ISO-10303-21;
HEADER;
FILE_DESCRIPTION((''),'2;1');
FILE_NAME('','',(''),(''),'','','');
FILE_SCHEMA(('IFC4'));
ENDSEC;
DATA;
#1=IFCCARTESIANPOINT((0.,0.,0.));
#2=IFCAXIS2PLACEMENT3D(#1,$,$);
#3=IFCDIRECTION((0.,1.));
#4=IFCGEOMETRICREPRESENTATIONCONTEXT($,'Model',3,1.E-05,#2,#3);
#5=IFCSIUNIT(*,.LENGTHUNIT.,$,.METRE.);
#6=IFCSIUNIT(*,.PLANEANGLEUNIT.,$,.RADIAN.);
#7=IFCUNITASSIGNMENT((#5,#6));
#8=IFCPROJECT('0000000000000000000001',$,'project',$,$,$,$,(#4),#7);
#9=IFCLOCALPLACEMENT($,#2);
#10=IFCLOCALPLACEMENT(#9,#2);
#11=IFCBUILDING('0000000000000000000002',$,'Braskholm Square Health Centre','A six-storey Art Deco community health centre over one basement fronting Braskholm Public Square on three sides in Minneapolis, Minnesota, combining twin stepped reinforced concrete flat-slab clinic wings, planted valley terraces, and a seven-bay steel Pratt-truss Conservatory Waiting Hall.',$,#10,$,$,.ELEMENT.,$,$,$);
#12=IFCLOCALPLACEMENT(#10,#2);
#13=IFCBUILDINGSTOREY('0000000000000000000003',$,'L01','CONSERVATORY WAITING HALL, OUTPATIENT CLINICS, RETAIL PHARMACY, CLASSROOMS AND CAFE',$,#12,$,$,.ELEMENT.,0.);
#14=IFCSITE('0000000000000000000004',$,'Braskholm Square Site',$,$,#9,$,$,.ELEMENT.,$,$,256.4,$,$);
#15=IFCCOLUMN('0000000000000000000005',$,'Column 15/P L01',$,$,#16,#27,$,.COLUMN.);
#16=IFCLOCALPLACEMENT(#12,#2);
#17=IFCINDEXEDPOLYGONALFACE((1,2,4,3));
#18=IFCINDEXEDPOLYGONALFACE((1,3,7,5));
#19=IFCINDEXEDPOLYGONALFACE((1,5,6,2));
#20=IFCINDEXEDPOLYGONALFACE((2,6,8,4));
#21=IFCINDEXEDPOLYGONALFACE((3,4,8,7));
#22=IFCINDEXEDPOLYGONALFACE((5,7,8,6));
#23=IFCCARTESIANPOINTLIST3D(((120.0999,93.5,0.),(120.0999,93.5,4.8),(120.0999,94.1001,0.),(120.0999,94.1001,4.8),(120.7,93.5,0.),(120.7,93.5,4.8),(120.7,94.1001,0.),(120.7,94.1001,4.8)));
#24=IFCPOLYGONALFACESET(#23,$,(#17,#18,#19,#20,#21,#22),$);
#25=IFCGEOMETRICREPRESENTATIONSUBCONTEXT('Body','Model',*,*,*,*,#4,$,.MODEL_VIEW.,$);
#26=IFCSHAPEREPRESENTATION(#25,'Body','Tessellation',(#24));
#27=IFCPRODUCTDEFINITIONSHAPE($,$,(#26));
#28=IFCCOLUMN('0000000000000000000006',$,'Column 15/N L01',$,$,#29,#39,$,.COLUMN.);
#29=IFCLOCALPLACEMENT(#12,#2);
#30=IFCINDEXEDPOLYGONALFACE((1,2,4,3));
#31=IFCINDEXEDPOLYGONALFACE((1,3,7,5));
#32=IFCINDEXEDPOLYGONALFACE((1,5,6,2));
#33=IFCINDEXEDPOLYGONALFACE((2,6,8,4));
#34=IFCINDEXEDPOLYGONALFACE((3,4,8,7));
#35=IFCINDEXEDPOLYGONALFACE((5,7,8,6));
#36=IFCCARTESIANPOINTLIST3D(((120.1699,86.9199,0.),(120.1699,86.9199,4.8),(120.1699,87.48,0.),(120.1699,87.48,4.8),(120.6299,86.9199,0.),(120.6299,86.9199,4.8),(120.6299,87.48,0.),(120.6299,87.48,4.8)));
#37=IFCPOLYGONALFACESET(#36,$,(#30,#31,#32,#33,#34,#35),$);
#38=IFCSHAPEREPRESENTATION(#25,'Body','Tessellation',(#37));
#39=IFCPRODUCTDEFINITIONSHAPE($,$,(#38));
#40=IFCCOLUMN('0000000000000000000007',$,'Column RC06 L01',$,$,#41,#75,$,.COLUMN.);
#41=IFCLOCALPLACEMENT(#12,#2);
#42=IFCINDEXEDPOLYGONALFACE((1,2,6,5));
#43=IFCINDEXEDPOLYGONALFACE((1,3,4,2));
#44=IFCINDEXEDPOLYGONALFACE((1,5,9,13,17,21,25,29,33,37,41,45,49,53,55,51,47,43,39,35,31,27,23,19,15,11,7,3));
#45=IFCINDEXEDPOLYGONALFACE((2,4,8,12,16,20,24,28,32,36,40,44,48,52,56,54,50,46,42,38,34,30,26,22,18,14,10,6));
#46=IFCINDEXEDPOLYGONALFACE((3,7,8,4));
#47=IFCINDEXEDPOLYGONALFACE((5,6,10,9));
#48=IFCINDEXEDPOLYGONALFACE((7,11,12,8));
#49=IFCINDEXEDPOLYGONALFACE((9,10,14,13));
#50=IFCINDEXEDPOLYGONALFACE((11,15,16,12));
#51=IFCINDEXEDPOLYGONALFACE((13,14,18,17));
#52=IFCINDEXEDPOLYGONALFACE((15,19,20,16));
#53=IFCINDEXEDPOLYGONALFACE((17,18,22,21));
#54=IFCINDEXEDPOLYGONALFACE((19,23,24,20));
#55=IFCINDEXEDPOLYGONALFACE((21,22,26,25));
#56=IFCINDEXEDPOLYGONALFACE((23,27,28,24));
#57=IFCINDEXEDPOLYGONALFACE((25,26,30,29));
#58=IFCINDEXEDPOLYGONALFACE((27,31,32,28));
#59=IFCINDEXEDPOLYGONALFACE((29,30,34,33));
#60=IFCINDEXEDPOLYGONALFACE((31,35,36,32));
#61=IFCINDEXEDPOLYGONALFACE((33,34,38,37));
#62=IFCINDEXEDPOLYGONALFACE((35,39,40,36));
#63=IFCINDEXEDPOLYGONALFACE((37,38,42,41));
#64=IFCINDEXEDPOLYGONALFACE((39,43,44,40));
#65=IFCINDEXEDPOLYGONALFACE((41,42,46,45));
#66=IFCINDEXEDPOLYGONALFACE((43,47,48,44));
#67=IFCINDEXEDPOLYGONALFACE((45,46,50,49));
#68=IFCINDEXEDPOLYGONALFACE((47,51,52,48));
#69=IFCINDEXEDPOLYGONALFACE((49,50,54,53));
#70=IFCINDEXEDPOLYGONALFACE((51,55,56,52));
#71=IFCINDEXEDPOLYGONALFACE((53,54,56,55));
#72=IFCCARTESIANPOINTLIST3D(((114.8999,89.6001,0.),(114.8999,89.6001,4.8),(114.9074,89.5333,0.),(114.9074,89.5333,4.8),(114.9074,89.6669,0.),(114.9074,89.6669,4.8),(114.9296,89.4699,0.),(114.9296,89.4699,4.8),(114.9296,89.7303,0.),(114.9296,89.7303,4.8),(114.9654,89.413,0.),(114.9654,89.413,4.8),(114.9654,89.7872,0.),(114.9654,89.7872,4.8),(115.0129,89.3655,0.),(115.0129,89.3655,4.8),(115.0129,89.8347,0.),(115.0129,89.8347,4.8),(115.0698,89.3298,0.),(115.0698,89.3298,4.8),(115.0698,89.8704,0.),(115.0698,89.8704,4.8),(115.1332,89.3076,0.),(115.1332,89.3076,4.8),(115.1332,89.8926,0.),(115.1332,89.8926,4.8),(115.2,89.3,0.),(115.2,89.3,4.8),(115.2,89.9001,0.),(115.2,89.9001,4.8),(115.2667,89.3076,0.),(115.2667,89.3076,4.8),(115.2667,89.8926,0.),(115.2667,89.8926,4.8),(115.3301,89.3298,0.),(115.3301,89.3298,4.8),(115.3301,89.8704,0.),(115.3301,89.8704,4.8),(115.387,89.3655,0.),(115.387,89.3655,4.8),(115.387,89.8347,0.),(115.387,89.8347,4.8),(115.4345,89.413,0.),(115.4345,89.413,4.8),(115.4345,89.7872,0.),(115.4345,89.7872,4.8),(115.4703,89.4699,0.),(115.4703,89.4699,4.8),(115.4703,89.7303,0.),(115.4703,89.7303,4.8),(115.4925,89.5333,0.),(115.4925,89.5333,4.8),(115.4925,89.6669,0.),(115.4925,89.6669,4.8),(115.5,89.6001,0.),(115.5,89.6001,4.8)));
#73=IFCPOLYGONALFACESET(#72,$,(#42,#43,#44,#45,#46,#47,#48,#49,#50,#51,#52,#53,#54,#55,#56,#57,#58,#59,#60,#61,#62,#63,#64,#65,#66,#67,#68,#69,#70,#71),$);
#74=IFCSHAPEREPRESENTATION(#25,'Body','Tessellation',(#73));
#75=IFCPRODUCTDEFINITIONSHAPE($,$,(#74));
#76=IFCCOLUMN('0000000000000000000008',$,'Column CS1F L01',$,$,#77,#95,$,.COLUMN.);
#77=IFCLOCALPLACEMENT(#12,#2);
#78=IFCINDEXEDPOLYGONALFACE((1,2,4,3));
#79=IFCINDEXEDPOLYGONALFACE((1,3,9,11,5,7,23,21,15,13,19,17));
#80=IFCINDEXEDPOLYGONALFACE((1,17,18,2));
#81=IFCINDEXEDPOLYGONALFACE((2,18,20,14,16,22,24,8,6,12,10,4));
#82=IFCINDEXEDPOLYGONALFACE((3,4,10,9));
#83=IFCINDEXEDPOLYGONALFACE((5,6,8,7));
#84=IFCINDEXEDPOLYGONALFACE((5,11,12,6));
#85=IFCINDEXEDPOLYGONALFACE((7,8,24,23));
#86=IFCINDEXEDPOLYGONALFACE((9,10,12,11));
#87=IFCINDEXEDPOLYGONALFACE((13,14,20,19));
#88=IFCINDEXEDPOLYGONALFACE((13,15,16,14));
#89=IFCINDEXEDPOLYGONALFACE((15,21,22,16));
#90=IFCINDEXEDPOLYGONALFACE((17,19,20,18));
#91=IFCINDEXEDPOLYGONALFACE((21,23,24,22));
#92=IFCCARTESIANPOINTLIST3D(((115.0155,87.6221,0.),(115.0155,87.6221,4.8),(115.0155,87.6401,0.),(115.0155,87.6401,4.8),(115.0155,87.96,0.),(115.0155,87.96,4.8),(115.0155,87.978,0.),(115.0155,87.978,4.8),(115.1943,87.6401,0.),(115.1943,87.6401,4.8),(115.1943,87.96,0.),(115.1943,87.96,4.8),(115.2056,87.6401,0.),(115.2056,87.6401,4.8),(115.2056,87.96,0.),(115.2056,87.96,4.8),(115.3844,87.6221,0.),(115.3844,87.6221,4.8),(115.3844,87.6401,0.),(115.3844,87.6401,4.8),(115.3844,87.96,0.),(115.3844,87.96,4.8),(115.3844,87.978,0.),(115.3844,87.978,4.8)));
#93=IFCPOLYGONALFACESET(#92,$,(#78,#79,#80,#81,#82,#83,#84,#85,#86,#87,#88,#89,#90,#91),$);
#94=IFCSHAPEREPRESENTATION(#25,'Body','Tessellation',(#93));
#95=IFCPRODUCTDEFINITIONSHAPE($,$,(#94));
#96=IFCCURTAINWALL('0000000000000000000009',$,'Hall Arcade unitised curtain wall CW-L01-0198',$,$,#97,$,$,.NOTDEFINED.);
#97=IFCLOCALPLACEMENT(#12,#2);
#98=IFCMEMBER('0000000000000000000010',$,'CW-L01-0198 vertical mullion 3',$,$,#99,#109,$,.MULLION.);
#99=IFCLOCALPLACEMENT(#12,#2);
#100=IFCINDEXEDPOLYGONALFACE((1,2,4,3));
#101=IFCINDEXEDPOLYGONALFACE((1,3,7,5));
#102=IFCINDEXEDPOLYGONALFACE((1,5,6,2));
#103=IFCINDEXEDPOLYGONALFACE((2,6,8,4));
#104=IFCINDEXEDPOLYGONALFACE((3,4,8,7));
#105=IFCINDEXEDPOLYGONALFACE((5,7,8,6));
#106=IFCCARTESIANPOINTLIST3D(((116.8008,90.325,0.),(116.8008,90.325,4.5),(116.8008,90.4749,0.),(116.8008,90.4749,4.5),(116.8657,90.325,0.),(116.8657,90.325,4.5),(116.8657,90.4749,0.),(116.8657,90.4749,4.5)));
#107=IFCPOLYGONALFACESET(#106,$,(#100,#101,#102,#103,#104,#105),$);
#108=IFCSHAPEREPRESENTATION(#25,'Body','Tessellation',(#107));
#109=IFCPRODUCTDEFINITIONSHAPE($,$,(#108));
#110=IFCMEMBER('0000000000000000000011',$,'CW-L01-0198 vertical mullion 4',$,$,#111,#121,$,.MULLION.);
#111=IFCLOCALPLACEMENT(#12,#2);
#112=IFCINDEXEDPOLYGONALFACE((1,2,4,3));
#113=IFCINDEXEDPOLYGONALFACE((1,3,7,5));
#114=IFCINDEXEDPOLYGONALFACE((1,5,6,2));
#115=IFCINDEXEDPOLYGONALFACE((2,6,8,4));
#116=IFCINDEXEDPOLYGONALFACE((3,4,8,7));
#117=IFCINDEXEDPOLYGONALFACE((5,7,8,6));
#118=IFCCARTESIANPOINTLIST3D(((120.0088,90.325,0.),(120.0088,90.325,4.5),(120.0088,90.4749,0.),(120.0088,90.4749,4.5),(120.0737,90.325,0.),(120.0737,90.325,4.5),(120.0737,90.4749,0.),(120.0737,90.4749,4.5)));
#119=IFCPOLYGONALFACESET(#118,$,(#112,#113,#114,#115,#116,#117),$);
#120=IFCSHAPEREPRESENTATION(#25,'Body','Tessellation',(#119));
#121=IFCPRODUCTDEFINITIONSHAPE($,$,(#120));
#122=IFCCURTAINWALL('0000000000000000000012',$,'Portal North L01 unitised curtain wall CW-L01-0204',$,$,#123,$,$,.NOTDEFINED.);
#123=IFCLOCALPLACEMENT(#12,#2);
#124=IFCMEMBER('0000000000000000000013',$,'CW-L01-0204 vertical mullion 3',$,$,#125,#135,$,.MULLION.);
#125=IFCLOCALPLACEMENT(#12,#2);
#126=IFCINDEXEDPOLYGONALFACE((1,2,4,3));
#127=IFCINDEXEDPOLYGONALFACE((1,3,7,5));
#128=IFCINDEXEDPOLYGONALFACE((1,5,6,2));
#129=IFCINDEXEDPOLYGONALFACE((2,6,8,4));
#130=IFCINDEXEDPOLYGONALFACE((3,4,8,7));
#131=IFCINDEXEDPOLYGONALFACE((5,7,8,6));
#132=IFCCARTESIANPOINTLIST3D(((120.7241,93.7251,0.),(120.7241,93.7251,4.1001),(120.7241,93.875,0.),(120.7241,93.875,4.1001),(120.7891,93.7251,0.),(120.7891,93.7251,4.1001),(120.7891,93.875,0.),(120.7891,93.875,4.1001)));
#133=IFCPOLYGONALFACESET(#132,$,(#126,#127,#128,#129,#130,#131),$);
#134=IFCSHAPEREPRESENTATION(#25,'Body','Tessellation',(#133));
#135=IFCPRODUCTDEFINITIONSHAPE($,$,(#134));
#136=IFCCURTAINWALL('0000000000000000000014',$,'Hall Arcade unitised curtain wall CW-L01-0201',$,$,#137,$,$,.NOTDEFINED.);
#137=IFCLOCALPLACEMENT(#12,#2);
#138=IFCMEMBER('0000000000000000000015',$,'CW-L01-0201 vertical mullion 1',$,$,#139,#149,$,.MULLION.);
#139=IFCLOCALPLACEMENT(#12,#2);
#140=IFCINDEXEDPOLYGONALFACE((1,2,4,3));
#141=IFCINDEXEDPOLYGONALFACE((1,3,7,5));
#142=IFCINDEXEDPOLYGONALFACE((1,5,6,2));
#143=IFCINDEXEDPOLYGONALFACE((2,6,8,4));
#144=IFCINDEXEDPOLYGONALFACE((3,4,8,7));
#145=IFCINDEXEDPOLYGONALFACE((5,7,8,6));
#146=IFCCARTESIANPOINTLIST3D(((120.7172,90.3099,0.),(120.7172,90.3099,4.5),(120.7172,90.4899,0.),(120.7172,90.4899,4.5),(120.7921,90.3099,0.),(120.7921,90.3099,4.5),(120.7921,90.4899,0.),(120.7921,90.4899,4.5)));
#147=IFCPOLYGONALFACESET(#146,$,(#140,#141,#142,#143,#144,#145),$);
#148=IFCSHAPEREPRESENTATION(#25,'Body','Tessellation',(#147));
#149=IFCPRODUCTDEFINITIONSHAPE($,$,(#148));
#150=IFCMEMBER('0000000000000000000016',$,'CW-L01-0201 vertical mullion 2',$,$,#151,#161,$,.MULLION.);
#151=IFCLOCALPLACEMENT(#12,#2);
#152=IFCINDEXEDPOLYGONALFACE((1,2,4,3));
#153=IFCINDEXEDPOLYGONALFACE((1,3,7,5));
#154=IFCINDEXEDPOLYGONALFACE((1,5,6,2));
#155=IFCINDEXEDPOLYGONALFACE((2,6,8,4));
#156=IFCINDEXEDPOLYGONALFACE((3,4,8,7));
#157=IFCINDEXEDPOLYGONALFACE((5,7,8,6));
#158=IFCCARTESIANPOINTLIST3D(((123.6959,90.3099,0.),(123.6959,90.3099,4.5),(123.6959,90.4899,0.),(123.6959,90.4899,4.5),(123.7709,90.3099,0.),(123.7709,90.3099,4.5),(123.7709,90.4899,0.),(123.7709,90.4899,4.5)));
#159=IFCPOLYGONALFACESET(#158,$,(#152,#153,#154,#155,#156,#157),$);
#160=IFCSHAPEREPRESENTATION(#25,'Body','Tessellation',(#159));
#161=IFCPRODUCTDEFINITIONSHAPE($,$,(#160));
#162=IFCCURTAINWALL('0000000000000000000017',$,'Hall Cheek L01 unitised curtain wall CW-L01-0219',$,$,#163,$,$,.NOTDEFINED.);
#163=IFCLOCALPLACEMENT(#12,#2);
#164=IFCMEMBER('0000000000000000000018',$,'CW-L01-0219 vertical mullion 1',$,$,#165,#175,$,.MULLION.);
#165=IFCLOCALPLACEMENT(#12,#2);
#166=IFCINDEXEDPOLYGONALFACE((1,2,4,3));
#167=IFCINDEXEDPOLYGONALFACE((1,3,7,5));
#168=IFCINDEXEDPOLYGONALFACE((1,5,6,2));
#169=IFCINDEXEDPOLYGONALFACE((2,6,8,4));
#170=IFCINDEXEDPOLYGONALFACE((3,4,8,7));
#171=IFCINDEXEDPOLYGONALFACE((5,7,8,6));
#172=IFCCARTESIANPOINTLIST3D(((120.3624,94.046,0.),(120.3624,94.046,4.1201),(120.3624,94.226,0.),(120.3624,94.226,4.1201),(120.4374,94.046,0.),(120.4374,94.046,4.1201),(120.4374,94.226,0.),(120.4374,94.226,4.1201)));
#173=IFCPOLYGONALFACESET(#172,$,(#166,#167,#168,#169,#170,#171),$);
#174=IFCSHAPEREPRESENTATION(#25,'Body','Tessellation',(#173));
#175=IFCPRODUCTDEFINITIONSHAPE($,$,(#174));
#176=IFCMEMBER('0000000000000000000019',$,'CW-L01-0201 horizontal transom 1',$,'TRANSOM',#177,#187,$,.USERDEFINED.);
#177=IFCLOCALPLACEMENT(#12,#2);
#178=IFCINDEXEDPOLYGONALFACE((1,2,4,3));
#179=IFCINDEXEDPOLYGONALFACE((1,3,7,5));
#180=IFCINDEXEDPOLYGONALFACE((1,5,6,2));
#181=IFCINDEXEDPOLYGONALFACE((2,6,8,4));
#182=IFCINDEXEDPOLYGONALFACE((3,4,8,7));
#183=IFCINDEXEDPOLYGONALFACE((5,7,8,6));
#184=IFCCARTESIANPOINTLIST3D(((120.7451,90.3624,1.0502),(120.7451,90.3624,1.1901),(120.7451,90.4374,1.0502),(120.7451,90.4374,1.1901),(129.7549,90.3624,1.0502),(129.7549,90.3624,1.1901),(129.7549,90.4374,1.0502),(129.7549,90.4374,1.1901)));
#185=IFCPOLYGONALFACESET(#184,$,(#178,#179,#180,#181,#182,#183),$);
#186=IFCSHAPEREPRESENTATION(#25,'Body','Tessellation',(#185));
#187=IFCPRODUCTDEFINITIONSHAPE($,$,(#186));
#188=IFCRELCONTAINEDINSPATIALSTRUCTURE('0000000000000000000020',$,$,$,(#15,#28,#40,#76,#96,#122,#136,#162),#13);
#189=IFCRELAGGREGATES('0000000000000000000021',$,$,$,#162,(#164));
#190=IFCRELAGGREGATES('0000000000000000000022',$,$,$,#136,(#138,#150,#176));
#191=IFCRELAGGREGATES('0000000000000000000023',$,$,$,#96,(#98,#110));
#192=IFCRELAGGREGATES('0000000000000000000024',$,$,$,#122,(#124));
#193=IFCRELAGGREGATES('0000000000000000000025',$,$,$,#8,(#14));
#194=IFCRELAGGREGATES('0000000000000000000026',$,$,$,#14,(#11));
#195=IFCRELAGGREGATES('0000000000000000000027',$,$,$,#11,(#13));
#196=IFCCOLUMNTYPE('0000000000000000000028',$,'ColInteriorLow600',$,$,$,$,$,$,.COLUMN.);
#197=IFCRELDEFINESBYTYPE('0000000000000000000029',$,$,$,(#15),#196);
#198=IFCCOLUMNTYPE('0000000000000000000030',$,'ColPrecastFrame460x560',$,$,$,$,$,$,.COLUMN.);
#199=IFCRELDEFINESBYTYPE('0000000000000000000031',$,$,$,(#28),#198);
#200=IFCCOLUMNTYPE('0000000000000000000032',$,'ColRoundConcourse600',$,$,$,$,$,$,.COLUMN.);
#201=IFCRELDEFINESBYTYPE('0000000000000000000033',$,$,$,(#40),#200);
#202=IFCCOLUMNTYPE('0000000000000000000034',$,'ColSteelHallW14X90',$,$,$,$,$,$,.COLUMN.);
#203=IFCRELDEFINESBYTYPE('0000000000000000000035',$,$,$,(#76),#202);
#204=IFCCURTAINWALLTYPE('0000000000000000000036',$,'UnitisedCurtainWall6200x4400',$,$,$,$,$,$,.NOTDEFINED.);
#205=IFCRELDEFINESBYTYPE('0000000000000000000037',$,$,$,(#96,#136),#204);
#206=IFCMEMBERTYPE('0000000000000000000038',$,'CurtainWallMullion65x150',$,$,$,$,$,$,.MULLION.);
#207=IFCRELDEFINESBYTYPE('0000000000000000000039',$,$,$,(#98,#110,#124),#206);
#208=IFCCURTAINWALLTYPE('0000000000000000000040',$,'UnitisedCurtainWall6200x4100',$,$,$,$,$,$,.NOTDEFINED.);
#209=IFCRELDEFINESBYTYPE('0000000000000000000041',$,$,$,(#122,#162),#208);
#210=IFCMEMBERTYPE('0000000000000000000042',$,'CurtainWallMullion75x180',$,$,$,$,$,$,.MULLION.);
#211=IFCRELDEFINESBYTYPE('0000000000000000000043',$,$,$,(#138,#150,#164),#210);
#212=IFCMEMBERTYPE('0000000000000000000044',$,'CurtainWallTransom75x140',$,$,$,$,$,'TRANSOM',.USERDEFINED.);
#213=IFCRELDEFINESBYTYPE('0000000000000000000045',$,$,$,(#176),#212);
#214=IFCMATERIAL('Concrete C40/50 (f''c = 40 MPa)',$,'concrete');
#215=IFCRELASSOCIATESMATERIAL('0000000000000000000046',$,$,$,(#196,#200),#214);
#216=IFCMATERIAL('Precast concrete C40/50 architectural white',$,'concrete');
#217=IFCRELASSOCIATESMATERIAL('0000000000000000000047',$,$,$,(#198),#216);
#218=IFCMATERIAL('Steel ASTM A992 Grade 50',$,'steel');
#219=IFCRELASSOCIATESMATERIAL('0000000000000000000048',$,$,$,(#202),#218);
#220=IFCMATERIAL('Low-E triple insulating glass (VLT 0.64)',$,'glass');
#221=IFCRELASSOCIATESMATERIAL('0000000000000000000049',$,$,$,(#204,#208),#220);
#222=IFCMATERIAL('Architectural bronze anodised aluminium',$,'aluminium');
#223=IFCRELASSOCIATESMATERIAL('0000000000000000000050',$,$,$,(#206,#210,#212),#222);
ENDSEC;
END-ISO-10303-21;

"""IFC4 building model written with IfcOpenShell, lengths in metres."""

from ifc_helpers import new_model, si_unit, direction, frame, origin, origin_2d, place, context, subcontext, project, spatial, rectangle, circle, i_section, extrude, material, material_profile, profile_set, type_object, element, aggregate, save


model = new_model("IFC4")

# Units and contexts
model_context = context("Model", 3, precision=1e-05, world=origin(), true_north=direction((0.0, 1.0)))
body_context = subcontext(model_context, "Body", "Model", "MODEL_VIEW")
ifc_project = project(units=[si_unit("LENGTHUNIT", "METRE"), si_unit("PLANEANGLEUNIT", "RADIAN")], contexts=[model_context])

# Site, building, storey
site_placement = place(None, origin())
site = spatial("IfcSite", under=ifc_project, at=site_placement, Name="Braskholm Square Site", CompositionType="ELEMENT", RefElevation=256.4)
building_placement = place(site_placement, origin())
building = spatial("IfcBuilding", under=site, at=building_placement, Name="Braskholm Square Health Centre", Description="A six-storey Art Deco community health centre over one basement fronting Braskholm Public Square on three sides in Minneapolis, Minnesota, combining twin stepped reinforced concrete flat-slab clinic wings, planted valley terraces, and a seven-bay steel Pratt-truss Conservatory Waiting Hall.", CompositionType="ELEMENT")
storey_placement = place(building_placement, origin())
storey = spatial("IfcBuildingStorey", under=building, at=storey_placement, Name="L01", Description="CONSERVATORY WAITING HALL, OUTPATIENT CLINICS, RETAIL PHARMACY, CLASSROOMS AND CAFE", CompositionType="ELEMENT", Elevation=0.0)

# Columns
ifc_material_1 = material(Name="Concrete C40/50 (f'c = 40 MPa)", Category="concrete")
ifc_material_profile_1 = material_profile(ifc_material_1, rectangle(XDim=0.6001, YDim=0.6001, at=origin_2d()), Name="RC-600X600")
ifc_profile_set_1 = profile_set([ifc_material_profile_1], Name="Concrete C40/50 (f'c = 40 MPa)")
column_type_1 = type_object("IfcColumnType", Name="ColInteriorLow600", PredefinedType="COLUMN", material=ifc_profile_set_1)
column_1_placement = place(storey_placement, frame((120.3999, 93.8, 0.0), z_axis=(0.0, 0.0, 1.0), x_axis=(1.0, 0.0, 0.0)))
element("IfcColumn", 1, at=column_1_placement, inside=storey, type_object=column_type_1, Name="Column 15/P L01", PredefinedType="COLUMN", context=body_context, shape_type="SweptSolid", body=[
    extrude(rectangle(XDim=0.6001, YDim=0.6001, at=origin_2d()), origin(), (0.0, 0.0, 1.0), 4.8),
])
ifc_material_2 = material(Name="Precast concrete C40/50 architectural white", Category="concrete")
ifc_material_profile_2 = material_profile(ifc_material_2, rectangle(XDim=0.46, YDim=0.5601, at=origin_2d()), Name="RC-460X560")
ifc_profile_set_2 = profile_set([ifc_material_profile_2], Name="Precast concrete C40/50 architectural white")
column_type_2 = type_object("IfcColumnType", Name="ColPrecastFrame460x560", PredefinedType="COLUMN", material=ifc_profile_set_2)
column_2_placement = place(storey_placement, frame((120.3999, 87.2, 0.0), z_axis=(0.0, 0.0, 1.0), x_axis=(1.0, 0.0, 0.0)))
element("IfcColumn", 2, at=column_2_placement, inside=storey, type_object=column_type_2, Name="Column 15/N L01", PredefinedType="COLUMN", context=body_context, shape_type="SweptSolid", body=[
    extrude(rectangle(XDim=0.46, YDim=0.5601, at=origin_2d()), origin(), (0.0, 0.0, 1.0), 4.8),
])
ifc_material_profile_3 = material_profile(ifc_material_1, circle(Radius=0.3, at=origin_2d()), Name="RC-RND-600")
ifc_profile_set_3 = profile_set([ifc_material_profile_3], Name="Concrete C40/50 (f'c = 40 MPa)")
column_type_3 = type_object("IfcColumnType", Name="ColRoundConcourse600", PredefinedType="COLUMN", material=ifc_profile_set_3)
column_3_placement = place(storey_placement, frame((115.2, 89.6001, 0.0), z_axis=(0.0, 0.0, 1.0), x_axis=(1.0, 0.0, 0.0)))
element("IfcColumn", 3, at=column_3_placement, inside=storey, type_object=column_type_3, Name="Column RC06 L01", PredefinedType="COLUMN", context=body_context, shape_type="SweptSolid", body=[
    extrude(circle(Radius=0.3, at=origin_2d()), origin(), (0.0, 0.0, 1.0), 4.8),
])
ifc_material_3 = material(Name="Steel ASTM A992 Grade 50", Category="steel")
ifc_material_profile_4 = material_profile(ifc_material_3, i_section(OverallWidth=0.3689, OverallDepth=0.356, WebThickness=0.0112, FlangeThickness=0.0181, at=origin_2d()), Name="W14X90")
ifc_profile_set_4 = profile_set([ifc_material_profile_4], Name="Steel ASTM A992 Grade 50")
column_type_4 = type_object("IfcColumnType", Name="ColSteelHallW14X90", PredefinedType="COLUMN", material=ifc_profile_set_4)
column_4_placement = place(storey_placement, frame((115.2, 87.8, 0.0), z_axis=(0.0, 0.0, 1.0), x_axis=(1.0, 0.0, 0.0)))
element("IfcColumn", 4, at=column_4_placement, inside=storey, type_object=column_type_4, Name="Column CS1F L01", PredefinedType="COLUMN", context=body_context, shape_type="SweptSolid", body=[
    extrude(i_section(OverallWidth=0.3689, OverallDepth=0.356, WebThickness=0.0112, FlangeThickness=0.0181, at=origin_2d()), origin(), (0.0, 0.0, 1.0), 4.8),
])

# Curtain wall, members
ifc_material_4 = material(Name="Low-E triple insulating glass (VLT 0.64)", Category="glass")
curtain_wall_type_1 = type_object("IfcCurtainWallType", Name="UnitisedCurtainWall6200x4400", PredefinedType="NOTDEFINED", material=ifc_material_4)
curtain_wall_1_placement = place(storey_placement, origin())
curtain_wall_1 = element("IfcCurtainWall", 5, at=curtain_wall_1_placement, inside=storey, type_object=curtain_wall_type_1, Name="Hall Arcade unitised curtain wall CW-L01-0198", PredefinedType="NOTDEFINED")
ifc_material_5 = material(Name="Architectural bronze anodised aluminium", Category="aluminium")
ifc_material_profile_5 = material_profile(ifc_material_5, rectangle(XDim=0.0649, YDim=0.1499, at=origin_2d()), Name="ALU-65X150")
ifc_profile_set_5 = profile_set([ifc_material_profile_5], Name="Architectural bronze anodised aluminium")
member_type_1 = type_object("IfcMemberType", Name="CurtainWallMullion65x150", PredefinedType="MULLION", material=ifc_profile_set_5)
member_1_placement = place(storey_placement, frame((116.8333, 90.3999, 0.0), z_axis=(0.0, 0.0, 1.0), x_axis=(1.0, 0.0, 0.0)))
member_1 = element("IfcMember", 6, at=member_1_placement, type_object=member_type_1, Name="CW-L01-0198 vertical mullion 3", PredefinedType="MULLION", context=body_context, shape_type="SweptSolid", body=[
    extrude(rectangle(XDim=0.0649, YDim=0.1499, at=origin_2d()), origin(), (0.0, 0.0, 1.0), 4.5),
])
member_2_placement = place(storey_placement, frame((120.0413, 90.3999, 0.0), z_axis=(0.0, 0.0, 1.0), x_axis=(1.0, 0.0, 0.0)))
member_2 = element("IfcMember", 7, at=member_2_placement, type_object=member_type_1, Name="CW-L01-0198 vertical mullion 4", PredefinedType="MULLION", context=body_context, shape_type="SweptSolid", body=[
    extrude(rectangle(XDim=0.0649, YDim=0.1499, at=origin_2d()), origin(), (0.0, 0.0, 1.0), 4.5),
])

# Curtain wall, member
curtain_wall_type_2 = type_object("IfcCurtainWallType", Name="UnitisedCurtainWall6200x4100", PredefinedType="NOTDEFINED", material=ifc_material_4)
curtain_wall_2_placement = place(storey_placement, origin())
curtain_wall_2 = element("IfcCurtainWall", 8, at=curtain_wall_2_placement, inside=storey, type_object=curtain_wall_type_2, Name="Portal North L01 unitised curtain wall CW-L01-0204", PredefinedType="NOTDEFINED")
member_3_placement = place(storey_placement, frame((120.7566, 93.8, 0.0), z_axis=(0.0, 0.0, 1.0), x_axis=(1.0, 0.0, 0.0)))
member_3 = element("IfcMember", 9, at=member_3_placement, type_object=member_type_1, Name="CW-L01-0204 vertical mullion 3", PredefinedType="MULLION", context=body_context, shape_type="SweptSolid", body=[
    extrude(rectangle(XDim=0.0649, YDim=0.1499, at=origin_2d()), origin(), (0.0, 0.0, 1.0), 4.1001),
])

# Curtain wall, members
curtain_wall_3_placement = place(storey_placement, origin())
curtain_wall_3 = element("IfcCurtainWall", 10, at=curtain_wall_3_placement, inside=storey, type_object=curtain_wall_type_1, Name="Hall Arcade unitised curtain wall CW-L01-0201", PredefinedType="NOTDEFINED")
ifc_material_profile_6 = material_profile(ifc_material_5, rectangle(XDim=0.075, YDim=0.1799, at=origin_2d()), Name="ALU-75X180")
ifc_profile_set_6 = profile_set([ifc_material_profile_6], Name="Architectural bronze anodised aluminium")
member_type_2 = type_object("IfcMemberType", Name="CurtainWallMullion75x180", PredefinedType="MULLION", material=ifc_profile_set_6)
member_4_placement = place(storey_placement, frame((120.7546, 90.3999, 0.0), z_axis=(0.0, 0.0, 1.0), x_axis=(1.0, 0.0, 0.0)))
member_4 = element("IfcMember", 11, at=member_4_placement, type_object=member_type_2, Name="CW-L01-0201 vertical mullion 1", PredefinedType="MULLION", context=body_context, shape_type="SweptSolid", body=[
    extrude(rectangle(XDim=0.075, YDim=0.1799, at=origin_2d()), origin(), (0.0, 0.0, 1.0), 4.5),
])
member_5_placement = place(storey_placement, frame((123.7334, 90.3999, 0.0), z_axis=(0.0, 0.0, 1.0), x_axis=(1.0, 0.0, 0.0)))
member_5 = element("IfcMember", 12, at=member_5_placement, type_object=member_type_2, Name="CW-L01-0201 vertical mullion 2", PredefinedType="MULLION", context=body_context, shape_type="SweptSolid", body=[
    extrude(rectangle(XDim=0.075, YDim=0.1799, at=origin_2d()), origin(), (0.0, 0.0, 1.0), 4.5),
])

# Curtain wall, member
curtain_wall_4_placement = place(storey_placement, origin())
curtain_wall_4 = element("IfcCurtainWall", 13, at=curtain_wall_4_placement, inside=storey, type_object=curtain_wall_type_2, Name="Hall Cheek L01 unitised curtain wall CW-L01-0219", PredefinedType="NOTDEFINED")
member_6_placement = place(storey_placement, frame((120.3999, 94.136, 0.0), z_axis=(0.0, 0.0, 1.0), x_axis=(1.0, 0.0, 0.0)))
member_6 = element("IfcMember", 14, at=member_6_placement, type_object=member_type_2, Name="CW-L01-0219 vertical mullion 1", PredefinedType="MULLION", context=body_context, shape_type="SweptSolid", body=[
    extrude(rectangle(XDim=0.075, YDim=0.1799, at=origin_2d()), origin(), (0.0, 0.0, 1.0), 4.1201),
])
aggregate(curtain_wall_4, [member_6])

# Member
ifc_material_profile_7 = material_profile(ifc_material_5, rectangle(XDim=0.075, YDim=0.1399, at=origin_2d()), Name="ALU-75X140")
ifc_profile_set_7 = profile_set([ifc_material_profile_7], Name="Architectural bronze anodised aluminium")
member_type_3 = type_object("IfcMemberType", Name="CurtainWallTransom75x140", ElementType="TRANSOM", PredefinedType="USERDEFINED", material=ifc_profile_set_7)
member_7_placement = place(storey_placement, frame((120.7451, 90.3999, 1.1201), z_axis=(1.0, 0.0, 0.0), x_axis=(0.0, 1.0, 0.0)))
member_7 = element("IfcMember", 15, at=member_7_placement, type_object=member_type_3, Name="CW-L01-0201 horizontal transom 1", ObjectType="TRANSOM", PredefinedType="USERDEFINED", context=body_context, shape_type="SweptSolid", body=[
    extrude(rectangle(XDim=0.075, YDim=0.1399, at=origin_2d()), origin(), (0.0, 0.0, 1.0), 9.0098),
])

aggregate(curtain_wall_3, [member_4, member_5, member_7])
aggregate(curtain_wall_1, [member_1, member_2])
aggregate(curtain_wall_2, [member_3])

save(model, "model.ifc")
